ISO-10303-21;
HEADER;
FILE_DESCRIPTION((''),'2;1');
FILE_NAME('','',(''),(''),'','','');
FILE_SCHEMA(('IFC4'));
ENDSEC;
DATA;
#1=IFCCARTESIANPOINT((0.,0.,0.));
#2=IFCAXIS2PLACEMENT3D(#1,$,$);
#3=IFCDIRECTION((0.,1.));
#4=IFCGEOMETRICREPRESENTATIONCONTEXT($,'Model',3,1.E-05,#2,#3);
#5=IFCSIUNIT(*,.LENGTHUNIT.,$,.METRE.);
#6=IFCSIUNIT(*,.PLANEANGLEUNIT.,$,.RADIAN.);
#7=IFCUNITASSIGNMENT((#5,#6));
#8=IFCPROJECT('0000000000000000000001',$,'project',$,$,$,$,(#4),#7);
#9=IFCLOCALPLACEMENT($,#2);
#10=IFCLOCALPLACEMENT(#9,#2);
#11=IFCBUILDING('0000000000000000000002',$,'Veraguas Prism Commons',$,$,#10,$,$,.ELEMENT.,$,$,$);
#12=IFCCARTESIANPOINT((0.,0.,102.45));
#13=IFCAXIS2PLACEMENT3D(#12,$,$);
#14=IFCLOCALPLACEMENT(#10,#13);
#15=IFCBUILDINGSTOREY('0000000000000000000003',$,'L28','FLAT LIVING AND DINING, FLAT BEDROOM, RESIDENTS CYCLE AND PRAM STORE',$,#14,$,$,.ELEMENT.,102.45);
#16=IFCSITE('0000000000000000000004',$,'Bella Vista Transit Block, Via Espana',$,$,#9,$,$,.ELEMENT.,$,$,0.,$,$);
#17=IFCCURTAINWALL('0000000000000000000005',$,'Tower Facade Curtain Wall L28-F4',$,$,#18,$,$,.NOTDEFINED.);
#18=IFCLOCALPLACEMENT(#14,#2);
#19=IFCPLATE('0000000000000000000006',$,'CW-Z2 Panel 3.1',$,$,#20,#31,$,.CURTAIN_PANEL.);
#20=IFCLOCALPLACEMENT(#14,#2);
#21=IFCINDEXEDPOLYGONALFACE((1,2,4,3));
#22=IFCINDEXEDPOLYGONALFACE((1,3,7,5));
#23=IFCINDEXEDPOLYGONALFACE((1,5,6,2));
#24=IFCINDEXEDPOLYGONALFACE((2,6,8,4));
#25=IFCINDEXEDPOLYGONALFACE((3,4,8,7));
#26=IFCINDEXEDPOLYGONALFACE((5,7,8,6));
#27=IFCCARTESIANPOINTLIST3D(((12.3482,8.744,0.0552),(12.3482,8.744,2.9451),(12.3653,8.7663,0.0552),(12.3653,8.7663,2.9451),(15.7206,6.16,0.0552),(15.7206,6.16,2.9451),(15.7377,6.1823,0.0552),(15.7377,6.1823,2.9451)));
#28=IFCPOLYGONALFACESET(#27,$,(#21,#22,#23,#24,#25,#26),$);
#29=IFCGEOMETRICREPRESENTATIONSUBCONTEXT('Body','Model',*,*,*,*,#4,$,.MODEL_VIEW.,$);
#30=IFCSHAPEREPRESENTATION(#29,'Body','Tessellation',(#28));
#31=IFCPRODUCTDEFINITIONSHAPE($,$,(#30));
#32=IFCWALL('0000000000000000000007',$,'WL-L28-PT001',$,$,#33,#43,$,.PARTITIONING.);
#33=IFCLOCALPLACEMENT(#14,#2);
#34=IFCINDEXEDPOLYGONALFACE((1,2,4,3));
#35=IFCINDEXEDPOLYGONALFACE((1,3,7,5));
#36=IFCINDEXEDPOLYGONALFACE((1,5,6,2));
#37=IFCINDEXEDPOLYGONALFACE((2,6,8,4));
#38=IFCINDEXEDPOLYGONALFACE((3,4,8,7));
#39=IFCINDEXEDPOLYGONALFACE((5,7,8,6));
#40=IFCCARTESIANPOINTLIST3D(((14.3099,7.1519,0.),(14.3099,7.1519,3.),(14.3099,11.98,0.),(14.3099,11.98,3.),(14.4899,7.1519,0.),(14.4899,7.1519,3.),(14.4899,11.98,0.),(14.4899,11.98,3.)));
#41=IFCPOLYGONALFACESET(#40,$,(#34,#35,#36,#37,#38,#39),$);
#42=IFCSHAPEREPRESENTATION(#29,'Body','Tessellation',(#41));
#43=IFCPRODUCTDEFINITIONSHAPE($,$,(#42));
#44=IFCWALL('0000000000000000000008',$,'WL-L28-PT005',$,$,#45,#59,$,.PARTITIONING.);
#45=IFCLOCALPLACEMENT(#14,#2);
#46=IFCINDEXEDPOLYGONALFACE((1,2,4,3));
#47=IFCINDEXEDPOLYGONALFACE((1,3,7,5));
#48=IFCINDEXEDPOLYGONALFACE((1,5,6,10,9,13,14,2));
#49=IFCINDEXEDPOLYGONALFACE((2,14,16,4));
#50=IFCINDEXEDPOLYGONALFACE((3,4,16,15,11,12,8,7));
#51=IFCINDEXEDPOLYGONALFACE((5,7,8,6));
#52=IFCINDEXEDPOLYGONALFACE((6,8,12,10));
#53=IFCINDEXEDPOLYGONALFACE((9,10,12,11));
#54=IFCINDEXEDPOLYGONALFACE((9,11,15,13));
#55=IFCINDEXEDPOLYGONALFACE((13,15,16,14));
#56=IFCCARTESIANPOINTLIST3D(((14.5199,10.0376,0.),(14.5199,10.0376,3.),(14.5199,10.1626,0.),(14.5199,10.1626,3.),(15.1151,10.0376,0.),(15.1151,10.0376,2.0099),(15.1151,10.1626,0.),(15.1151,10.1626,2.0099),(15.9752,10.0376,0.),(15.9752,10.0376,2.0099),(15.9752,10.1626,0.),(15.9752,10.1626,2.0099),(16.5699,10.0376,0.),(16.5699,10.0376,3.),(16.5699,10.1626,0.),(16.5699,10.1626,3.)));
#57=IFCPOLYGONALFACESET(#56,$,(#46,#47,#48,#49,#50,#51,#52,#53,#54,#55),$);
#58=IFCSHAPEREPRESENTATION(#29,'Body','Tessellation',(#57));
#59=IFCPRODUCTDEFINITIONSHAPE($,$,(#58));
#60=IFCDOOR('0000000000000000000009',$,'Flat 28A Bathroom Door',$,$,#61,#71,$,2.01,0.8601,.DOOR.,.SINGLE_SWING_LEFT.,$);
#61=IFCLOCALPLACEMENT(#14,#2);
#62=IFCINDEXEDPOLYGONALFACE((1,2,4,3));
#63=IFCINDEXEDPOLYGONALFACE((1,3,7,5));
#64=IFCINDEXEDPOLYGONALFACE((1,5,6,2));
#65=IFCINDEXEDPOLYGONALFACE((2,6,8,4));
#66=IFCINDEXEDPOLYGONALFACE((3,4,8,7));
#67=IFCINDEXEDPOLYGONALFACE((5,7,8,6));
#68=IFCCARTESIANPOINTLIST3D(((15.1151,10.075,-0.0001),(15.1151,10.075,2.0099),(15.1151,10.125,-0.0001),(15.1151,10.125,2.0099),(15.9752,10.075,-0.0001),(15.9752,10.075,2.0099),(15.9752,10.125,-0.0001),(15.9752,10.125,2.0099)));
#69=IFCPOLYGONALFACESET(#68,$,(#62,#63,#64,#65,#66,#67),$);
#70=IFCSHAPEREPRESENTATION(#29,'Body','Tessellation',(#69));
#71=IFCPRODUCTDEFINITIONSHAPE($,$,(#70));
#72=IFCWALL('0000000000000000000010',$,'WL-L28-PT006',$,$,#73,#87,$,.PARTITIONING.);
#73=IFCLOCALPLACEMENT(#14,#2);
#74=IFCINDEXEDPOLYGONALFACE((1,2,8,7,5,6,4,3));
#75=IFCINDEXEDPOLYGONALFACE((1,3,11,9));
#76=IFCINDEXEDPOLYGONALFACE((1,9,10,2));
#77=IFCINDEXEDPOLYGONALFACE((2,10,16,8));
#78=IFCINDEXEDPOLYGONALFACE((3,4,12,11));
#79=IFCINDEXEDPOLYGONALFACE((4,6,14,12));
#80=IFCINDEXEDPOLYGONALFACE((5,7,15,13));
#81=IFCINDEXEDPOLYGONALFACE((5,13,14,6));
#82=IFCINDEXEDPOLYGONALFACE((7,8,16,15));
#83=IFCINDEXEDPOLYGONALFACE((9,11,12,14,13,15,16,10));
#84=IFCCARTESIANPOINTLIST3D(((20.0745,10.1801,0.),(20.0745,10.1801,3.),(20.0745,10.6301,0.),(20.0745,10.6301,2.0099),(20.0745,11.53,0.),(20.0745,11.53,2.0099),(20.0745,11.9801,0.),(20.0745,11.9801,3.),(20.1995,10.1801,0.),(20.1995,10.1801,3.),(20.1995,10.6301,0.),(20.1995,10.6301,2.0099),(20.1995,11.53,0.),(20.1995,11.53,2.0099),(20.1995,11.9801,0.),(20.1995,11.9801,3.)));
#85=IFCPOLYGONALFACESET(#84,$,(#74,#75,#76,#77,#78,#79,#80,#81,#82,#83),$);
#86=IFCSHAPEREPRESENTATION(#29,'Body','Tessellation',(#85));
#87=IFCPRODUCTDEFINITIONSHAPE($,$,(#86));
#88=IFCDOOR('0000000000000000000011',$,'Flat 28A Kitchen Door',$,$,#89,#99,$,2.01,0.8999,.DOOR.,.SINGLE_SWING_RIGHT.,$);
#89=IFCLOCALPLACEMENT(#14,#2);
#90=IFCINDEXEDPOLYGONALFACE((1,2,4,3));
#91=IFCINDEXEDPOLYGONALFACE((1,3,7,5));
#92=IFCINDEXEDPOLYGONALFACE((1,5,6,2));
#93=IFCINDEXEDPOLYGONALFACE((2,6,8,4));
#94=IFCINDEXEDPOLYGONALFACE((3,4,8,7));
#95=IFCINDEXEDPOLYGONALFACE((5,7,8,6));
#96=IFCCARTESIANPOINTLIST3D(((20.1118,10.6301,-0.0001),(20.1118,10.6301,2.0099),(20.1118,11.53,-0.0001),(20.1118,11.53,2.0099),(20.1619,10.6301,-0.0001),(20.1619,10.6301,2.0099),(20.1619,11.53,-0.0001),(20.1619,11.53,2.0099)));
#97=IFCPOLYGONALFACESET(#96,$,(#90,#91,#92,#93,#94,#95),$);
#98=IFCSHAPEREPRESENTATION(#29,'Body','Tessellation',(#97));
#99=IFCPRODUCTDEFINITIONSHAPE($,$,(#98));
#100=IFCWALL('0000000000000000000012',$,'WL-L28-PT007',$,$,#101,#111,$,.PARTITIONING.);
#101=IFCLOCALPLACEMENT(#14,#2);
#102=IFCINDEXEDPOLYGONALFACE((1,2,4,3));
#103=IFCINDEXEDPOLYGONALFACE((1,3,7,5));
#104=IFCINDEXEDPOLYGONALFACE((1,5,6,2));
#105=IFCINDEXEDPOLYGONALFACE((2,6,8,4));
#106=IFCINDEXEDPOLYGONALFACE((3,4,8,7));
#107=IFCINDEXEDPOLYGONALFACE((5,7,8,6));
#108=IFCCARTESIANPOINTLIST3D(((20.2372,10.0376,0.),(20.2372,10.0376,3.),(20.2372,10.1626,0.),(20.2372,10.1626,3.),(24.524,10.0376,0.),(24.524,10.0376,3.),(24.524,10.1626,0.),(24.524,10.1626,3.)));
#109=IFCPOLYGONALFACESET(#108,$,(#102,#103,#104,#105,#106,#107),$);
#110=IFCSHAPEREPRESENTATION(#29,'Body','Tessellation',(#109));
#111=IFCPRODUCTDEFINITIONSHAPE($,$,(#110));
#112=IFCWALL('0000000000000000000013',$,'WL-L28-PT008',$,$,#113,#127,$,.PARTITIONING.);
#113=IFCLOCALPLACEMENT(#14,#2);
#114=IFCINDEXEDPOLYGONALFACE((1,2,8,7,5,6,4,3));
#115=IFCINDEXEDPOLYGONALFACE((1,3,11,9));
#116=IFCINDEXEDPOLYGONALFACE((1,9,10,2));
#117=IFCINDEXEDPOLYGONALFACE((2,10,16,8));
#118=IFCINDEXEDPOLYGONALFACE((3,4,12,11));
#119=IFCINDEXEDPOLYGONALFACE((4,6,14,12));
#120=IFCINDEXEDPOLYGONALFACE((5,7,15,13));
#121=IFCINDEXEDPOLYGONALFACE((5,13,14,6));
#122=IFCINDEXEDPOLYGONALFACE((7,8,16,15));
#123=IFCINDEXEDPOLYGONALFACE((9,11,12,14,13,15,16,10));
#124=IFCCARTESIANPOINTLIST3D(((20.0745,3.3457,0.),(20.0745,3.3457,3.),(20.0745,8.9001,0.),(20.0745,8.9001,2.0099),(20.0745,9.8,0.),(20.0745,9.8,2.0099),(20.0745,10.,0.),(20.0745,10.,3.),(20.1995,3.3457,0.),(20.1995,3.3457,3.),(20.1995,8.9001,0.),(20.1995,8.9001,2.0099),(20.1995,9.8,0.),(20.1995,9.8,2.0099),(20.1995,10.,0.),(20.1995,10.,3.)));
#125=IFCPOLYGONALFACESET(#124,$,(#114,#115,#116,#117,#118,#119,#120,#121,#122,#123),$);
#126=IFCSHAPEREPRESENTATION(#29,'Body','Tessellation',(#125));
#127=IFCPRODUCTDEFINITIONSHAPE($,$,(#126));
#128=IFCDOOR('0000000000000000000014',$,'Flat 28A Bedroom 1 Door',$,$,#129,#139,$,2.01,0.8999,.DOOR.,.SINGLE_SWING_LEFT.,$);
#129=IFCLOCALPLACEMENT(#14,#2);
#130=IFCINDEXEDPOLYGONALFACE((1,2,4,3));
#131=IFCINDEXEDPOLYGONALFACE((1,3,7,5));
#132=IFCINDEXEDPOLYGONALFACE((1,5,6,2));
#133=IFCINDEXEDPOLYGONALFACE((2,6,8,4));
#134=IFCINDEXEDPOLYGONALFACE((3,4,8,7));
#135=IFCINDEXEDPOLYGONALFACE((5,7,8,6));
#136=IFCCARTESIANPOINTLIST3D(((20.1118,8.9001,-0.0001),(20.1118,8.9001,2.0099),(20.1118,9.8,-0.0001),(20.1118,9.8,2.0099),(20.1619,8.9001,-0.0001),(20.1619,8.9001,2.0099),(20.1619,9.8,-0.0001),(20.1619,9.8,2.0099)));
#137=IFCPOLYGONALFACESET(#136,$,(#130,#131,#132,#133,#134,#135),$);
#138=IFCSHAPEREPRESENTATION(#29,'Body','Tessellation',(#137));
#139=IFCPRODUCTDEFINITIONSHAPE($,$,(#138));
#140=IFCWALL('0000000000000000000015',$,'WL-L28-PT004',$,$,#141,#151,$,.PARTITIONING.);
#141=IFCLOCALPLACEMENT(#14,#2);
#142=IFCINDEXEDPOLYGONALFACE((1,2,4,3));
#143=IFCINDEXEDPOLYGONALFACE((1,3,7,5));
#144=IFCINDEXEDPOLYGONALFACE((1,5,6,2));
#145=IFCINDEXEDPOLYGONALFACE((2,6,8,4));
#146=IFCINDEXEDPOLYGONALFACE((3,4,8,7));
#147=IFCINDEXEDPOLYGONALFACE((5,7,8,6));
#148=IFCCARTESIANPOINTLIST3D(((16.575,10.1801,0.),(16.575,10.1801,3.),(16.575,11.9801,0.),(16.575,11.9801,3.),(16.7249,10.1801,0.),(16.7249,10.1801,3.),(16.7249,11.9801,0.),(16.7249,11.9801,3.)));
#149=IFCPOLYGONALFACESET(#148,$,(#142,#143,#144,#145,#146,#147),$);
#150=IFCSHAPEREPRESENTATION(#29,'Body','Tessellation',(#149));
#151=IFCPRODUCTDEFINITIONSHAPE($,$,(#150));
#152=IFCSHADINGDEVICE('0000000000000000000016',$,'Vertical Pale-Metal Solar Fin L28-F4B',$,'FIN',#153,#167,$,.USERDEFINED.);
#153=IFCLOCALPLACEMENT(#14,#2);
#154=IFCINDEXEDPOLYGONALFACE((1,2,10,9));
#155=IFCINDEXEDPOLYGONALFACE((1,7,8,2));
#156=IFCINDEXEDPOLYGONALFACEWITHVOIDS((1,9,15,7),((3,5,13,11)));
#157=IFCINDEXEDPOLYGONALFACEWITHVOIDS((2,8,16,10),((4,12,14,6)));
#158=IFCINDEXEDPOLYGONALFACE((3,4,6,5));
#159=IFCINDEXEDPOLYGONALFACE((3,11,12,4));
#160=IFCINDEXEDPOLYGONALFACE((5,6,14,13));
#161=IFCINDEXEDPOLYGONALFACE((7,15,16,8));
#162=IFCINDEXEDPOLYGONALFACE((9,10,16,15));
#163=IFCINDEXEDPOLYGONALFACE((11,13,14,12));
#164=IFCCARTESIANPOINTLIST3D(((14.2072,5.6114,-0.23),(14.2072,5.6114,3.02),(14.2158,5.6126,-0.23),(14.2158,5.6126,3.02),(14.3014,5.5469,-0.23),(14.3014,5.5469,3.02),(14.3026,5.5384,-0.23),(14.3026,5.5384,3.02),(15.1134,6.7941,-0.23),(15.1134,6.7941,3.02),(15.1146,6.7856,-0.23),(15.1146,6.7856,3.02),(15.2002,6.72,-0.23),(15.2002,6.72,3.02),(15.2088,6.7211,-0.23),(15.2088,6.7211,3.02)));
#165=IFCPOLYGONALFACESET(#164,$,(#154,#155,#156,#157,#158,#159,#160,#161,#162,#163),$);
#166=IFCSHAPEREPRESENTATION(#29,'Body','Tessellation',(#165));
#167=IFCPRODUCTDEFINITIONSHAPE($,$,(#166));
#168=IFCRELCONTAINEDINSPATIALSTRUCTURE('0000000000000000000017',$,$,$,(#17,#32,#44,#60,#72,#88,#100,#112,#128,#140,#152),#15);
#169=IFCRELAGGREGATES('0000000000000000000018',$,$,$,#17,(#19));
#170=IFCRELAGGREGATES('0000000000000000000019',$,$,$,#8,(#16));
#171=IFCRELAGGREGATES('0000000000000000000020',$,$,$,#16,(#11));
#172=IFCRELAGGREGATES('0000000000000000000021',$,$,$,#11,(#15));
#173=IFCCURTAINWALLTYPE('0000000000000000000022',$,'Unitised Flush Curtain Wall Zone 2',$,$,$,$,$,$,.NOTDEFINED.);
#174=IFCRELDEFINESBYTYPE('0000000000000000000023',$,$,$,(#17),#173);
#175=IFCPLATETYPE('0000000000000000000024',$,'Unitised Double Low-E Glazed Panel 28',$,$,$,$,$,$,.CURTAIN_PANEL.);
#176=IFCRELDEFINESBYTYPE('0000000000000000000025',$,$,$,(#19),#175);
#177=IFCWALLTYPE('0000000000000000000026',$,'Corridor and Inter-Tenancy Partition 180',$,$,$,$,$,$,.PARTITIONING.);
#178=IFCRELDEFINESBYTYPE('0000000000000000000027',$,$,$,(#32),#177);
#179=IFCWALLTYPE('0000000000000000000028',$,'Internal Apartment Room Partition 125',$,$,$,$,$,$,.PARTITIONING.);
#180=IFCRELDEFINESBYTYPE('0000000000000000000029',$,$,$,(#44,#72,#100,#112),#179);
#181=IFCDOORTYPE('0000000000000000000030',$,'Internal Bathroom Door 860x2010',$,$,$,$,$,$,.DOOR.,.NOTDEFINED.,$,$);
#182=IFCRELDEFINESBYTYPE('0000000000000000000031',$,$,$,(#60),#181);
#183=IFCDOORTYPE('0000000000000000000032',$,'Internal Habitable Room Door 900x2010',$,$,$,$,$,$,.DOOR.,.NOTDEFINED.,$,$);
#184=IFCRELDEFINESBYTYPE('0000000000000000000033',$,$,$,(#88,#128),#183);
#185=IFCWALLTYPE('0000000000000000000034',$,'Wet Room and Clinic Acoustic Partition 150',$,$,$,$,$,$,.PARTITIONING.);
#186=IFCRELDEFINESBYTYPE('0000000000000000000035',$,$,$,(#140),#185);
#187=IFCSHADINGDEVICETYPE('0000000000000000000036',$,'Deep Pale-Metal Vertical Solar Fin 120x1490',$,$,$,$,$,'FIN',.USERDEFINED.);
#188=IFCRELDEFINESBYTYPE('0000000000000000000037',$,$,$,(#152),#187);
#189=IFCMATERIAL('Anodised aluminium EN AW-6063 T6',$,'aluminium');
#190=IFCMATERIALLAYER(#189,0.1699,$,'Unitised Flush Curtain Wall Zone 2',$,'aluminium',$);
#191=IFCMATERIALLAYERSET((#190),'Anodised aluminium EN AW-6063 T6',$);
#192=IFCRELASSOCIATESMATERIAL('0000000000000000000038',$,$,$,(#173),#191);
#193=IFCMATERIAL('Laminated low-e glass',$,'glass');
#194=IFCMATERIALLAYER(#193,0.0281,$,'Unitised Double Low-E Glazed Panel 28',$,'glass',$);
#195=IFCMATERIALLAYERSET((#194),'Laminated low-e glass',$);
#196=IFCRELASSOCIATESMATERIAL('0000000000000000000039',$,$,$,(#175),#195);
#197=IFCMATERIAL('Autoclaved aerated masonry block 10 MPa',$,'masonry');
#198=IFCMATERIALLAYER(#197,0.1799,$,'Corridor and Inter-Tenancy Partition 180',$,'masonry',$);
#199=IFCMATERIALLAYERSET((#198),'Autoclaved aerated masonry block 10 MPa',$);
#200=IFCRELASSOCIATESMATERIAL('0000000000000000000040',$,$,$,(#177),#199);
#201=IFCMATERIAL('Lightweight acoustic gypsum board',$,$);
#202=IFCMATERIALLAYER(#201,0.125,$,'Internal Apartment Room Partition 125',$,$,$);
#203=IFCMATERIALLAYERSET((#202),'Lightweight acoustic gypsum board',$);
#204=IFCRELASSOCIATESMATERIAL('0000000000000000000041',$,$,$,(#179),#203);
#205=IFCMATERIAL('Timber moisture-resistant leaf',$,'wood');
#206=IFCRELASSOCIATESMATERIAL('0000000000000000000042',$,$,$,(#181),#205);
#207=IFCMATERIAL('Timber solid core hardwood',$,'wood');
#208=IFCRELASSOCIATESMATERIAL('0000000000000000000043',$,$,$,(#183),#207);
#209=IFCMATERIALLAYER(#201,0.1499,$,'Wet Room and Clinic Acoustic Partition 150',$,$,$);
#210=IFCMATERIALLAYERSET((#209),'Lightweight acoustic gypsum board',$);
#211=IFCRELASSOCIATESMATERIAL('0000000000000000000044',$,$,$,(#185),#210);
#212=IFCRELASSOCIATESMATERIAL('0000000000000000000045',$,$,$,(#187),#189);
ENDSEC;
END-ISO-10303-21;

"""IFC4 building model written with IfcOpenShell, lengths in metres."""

from ifc_helpers import new_model, si_unit, direction, frame, frame_2d, origin, origin_2d, place, context, subcontext, project, spatial, rectangle, hollow_rectangle, extrude, source, transform, mapped, material, layer, layer_set, material_profile, profile_set, type_object, element, fill, aggregate, save


model = new_model("IFC4")

# Units and contexts
model_context = context("Model", 3, precision=1e-05, world=origin(), true_north=direction((0.0, 1.0)))
body_context = subcontext(model_context, "Body", "Model", "MODEL_VIEW")
ifc_project = project(units=[si_unit("LENGTHUNIT", "METRE"), si_unit("PLANEANGLEUNIT", "RADIAN")], contexts=[model_context])

# Site, building, storey
site_placement = place(None, origin())
site = spatial("IfcSite", under=ifc_project, at=site_placement, Name="Bella Vista Transit Block, Via Espana", CompositionType="ELEMENT", RefElevation=0.0)
building_placement = place(site_placement, origin())
building = spatial("IfcBuilding", under=site, at=building_placement, Name="Veraguas Prism Commons", CompositionType="ELEMENT")
storey_placement = place(building_placement, frame((0.0, 0.0, 102.45)))
storey = spatial("IfcBuildingStorey", under=building, at=storey_placement, Name="L28", Description="FLAT LIVING AND DINING, FLAT BEDROOM, RESIDENTS CYCLE AND PRAM STORE", CompositionType="ELEMENT", Elevation=102.45)

# Curtain wall
ifc_material_1 = material(Name="Anodised aluminium EN AW-6063 T6", Category="aluminium")
ifc_layer_1 = layer(ifc_material_1, 0.1699, Name="Unitised Flush Curtain Wall Zone 2", Category="aluminium")
ifc_layer_set_1 = layer_set([ifc_layer_1], Name="Anodised aluminium EN AW-6063 T6")
curtain_wall_type = type_object("IfcCurtainWallType", Name="Unitised Flush Curtain Wall Zone 2", PredefinedType="NOTDEFINED", material=ifc_layer_set_1)
curtain_wall_1_placement = place(storey_placement, origin())
curtain_wall_1 = element("IfcCurtainWall", 1, at=curtain_wall_1_placement, inside=storey, type_object=curtain_wall_type, Name="Tower Facade Curtain Wall L28-F4", PredefinedType="NOTDEFINED")

# Plate
ifc_material_2 = material(Name="Laminated low-e glass", Category="glass")
ifc_layer_2 = layer(ifc_material_2, 0.0281, Name="Unitised Double Low-E Glazed Panel 28", Category="glass")
ifc_layer_set_2 = layer_set([ifc_layer_2], Name="Laminated low-e glass")
plate_type = type_object("IfcPlateType", Name="Unitised Double Low-E Glazed Panel 28", PredefinedType="CURTAIN_PANEL", material=ifc_layer_set_2)
shared_shape_1 = source(origin(), body_context, "Body", "SweptSolid", [
    extrude(rectangle(XDim=4.2485, YDim=0.0281, at=origin_2d()), origin(), (0.0, 0.0, 1.0), 2.8899),
])
plate_1_placement = place(storey_placement, frame((14.043, 7.4631, 0.0552), z_axis=(0.0, 0.0, 1.0), x_axis=(0.793778, -0.608207, 0.0)))
plate_1 = element("IfcPlate", 2, at=plate_1_placement, type_object=plate_type, Name="CW-Z2 Panel 3.1", PredefinedType="CURTAIN_PANEL", context=body_context, shape_type="MappedRepresentation", body=[
    mapped(shared_shape_1, transform((0.0, 0.0, 0.0), scale=1.0)),
])
aggregate(curtain_wall_1, [plate_1])

# Wall
ifc_material_3 = material(Name="Autoclaved aerated masonry block 10 MPa", Category="masonry")
ifc_layer_3 = layer(ifc_material_3, 0.1799, Name="Corridor and Inter-Tenancy Partition 180", Category="masonry")
ifc_layer_set_3 = layer_set([ifc_layer_3], Name="Autoclaved aerated masonry block 10 MPa")
wall_type_1 = type_object("IfcWallType", Name="Corridor and Inter-Tenancy Partition 180", PredefinedType="PARTITIONING", material=ifc_layer_set_3)
wall_1_placement = place(storey_placement, frame((14.3999, 11.98, 0.0), z_axis=(0.0, 0.0, 1.0), x_axis=(0.0, -1.0, 0.0)))
element("IfcWall", 3, at=wall_1_placement, inside=storey, type_object=wall_type_1, Name="WL-L28-PT001", PredefinedType="PARTITIONING", context=body_context, shape_type="SweptSolid", body=[
    extrude(rectangle(XDim=4.8281, YDim=0.1799, at=frame_2d((2.4141, 0.0))), origin(), (0.0, 0.0, 1.0), 3.0),
])

# Walls, openings, doors
ifc_material_4 = material(Name="Lightweight acoustic gypsum board")
ifc_layer_4 = layer(ifc_material_4, 0.125, Name="Internal Apartment Room Partition 125")
ifc_layer_set_4 = layer_set([ifc_layer_4], Name="Lightweight acoustic gypsum board")
wall_type_2 = type_object("IfcWallType", Name="Internal Apartment Room Partition 125", PredefinedType="PARTITIONING", material=ifc_layer_set_4)
wall_2_placement = place(storey_placement, frame((14.52, 10.1001, 0.0), z_axis=(0.0, 0.0, 1.0), x_axis=(1.0, 0.0, 0.0)))
wall_2 = element("IfcWall", 4, at=wall_2_placement, inside=storey, type_object=wall_type_2, Name="WL-L28-PT005", PredefinedType="PARTITIONING", context=body_context, shape_type="SweptSolid", body=[
    extrude(rectangle(XDim=2.05, YDim=0.125, at=frame_2d((1.0249, 0.0))), origin(), (0.0, 0.0, 1.0), 3.0),
])
opening_1_placement = place(wall_2_placement, frame((0.595, 0.0, 0.0)))
opening_1 = element("IfcOpeningElement", 5, at=opening_1_placement, cuts=wall_2, PredefinedType="OPENING", context=body_context, shape_type="SweptSolid", body=[
    extrude(rectangle(XDim=0.8601, YDim=2.01, at=frame_2d((0.4302, 1.0049))), frame((0.0, 0.0725, 0.0), z_axis=(0.0, -1.0, 0.0), x_axis=(1.0, 0.0, 0.0)), (0.0, 0.0, 1.0), 0.145),
])
ifc_material_5 = material(Name="Timber moisture-resistant leaf", Category="wood")
door_type_1 = type_object("IfcDoorType", Name="Internal Bathroom Door 860x2010", OperationType="NOTDEFINED", PredefinedType="DOOR", material=ifc_material_5)
shared_shape_2 = source(origin(), body_context, "Body", "SweptSolid", [
    extrude(rectangle(XDim=0.8601, YDim=2.01, at=frame_2d((0.4302, 1.0049))), frame((0.0, 0.0249, 0.0), z_axis=(0.0, -1.0, 0.0), x_axis=(1.0, 0.0, 0.0)), (0.0, 0.0, 1.0), 0.05),
])
door_1_placement = place(opening_1_placement, origin())
door_1 = element("IfcDoor", 6, at=door_1_placement, inside=storey, type_object=door_type_1, Name="Flat 28A Bathroom Door", OperationType="SINGLE_SWING_LEFT", OverallHeight=2.01, OverallWidth=0.8601, PredefinedType="DOOR", context=body_context, shape_type="MappedRepresentation", body=[
    mapped(shared_shape_2, transform((0.0, 0.0, 0.0), scale=1.0)),
])
fill(opening_1, door_1)
wall_3_placement = place(storey_placement, frame((20.137, 11.98, 0.0), z_axis=(0.0, 0.0, 1.0), x_axis=(0.0, -1.0, 0.0)))
wall_3 = element("IfcWall", 7, at=wall_3_placement, inside=storey, type_object=wall_type_2, Name="WL-L28-PT006", PredefinedType="PARTITIONING", context=body_context, shape_type="SweptSolid", body=[
    extrude(rectangle(XDim=1.8, YDim=0.125, at=frame_2d((0.8999, 0.0))), origin(), (0.0, 0.0, 1.0), 3.0),
])
opening_2_placement = place(wall_3_placement, frame((0.45, 0.0, 0.0)))
opening_2 = element("IfcOpeningElement", 8, at=opening_2_placement, cuts=wall_3, PredefinedType="OPENING", context=body_context, shape_type="SweptSolid", body=[
    extrude(rectangle(XDim=0.8999, YDim=2.01, at=frame_2d((0.45, 1.0049))), frame((0.0, 0.0725, 0.0), z_axis=(0.0, -1.0, 0.0), x_axis=(1.0, 0.0, 0.0)), (0.0, 0.0, 1.0), 0.145),
])
ifc_material_6 = material(Name="Timber solid core hardwood", Category="wood")
door_type_2 = type_object("IfcDoorType", Name="Internal Habitable Room Door 900x2010", OperationType="NOTDEFINED", PredefinedType="DOOR", material=ifc_material_6)
shared_shape_3 = source(origin(), body_context, "Body", "SweptSolid", [
    extrude(rectangle(XDim=0.8999, YDim=2.01, at=frame_2d((0.45, 1.0049))), frame((0.0, 0.0249, 0.0), z_axis=(0.0, -1.0, 0.0), x_axis=(1.0, 0.0, 0.0)), (0.0, 0.0, 1.0), 0.05),
])
door_2_placement = place(opening_2_placement, origin())
door_2 = element("IfcDoor", 9, at=door_2_placement, inside=storey, type_object=door_type_2, Name="Flat 28A Kitchen Door", OperationType="SINGLE_SWING_RIGHT", OverallHeight=2.01, OverallWidth=0.8999, PredefinedType="DOOR", context=body_context, shape_type="MappedRepresentation", body=[
    mapped(shared_shape_3, transform((0.0, 0.0, 0.0), scale=1.0)),
])
fill(opening_2, door_2)

# Wall
wall_4_placement = place(storey_placement, frame((20.2371, 10.1001, 0.0), z_axis=(0.0, 0.0, 1.0), x_axis=(1.0, 0.0, 0.0)))
element("IfcWall", 10, at=wall_4_placement, inside=storey, type_object=wall_type_2, Name="WL-L28-PT007", PredefinedType="PARTITIONING", context=body_context, shape_type="SweptSolid", body=[
    extrude(rectangle(XDim=4.2869, YDim=0.125, at=frame_2d((2.1436, 0.0))), origin(), (0.0, 0.0, 1.0), 3.0),
])

# Wall, opening, door
wall_5_placement = place(storey_placement, frame((20.137, 10.0, 0.0), z_axis=(0.0, 0.0, 1.0), x_axis=(0.0, -1.0, 0.0)))
wall_5 = element("IfcWall", 11, at=wall_5_placement, inside=storey, type_object=wall_type_2, Name="WL-L28-PT008", PredefinedType="PARTITIONING", context=body_context, shape_type="SweptSolid", body=[
    extrude(rectangle(XDim=6.6543, YDim=0.125, at=frame_2d((3.3271, 0.0))), origin(), (0.0, 0.0, 1.0), 3.0),
])
opening_3_placement = place(wall_5_placement, frame((0.2, 0.0, 0.0)))
opening_3 = element("IfcOpeningElement", 12, at=opening_3_placement, cuts=wall_5, PredefinedType="OPENING", context=body_context, shape_type="SweptSolid", body=[
    extrude(rectangle(XDim=0.8999, YDim=2.01, at=frame_2d((0.45, 1.0049))), frame((0.0, 0.0725, 0.0), z_axis=(0.0, -1.0, 0.0), x_axis=(1.0, 0.0, 0.0)), (0.0, 0.0, 1.0), 0.145),
])
door_3_placement = place(opening_3_placement, origin())
door_3 = element("IfcDoor", 13, at=door_3_placement, inside=storey, type_object=door_type_2, Name="Flat 28A Bedroom 1 Door", OperationType="SINGLE_SWING_LEFT", OverallHeight=2.01, OverallWidth=0.8999, PredefinedType="DOOR", context=body_context, shape_type="MappedRepresentation", body=[
    mapped(shared_shape_3, transform((0.0, 0.0, 0.0), scale=1.0)),
])
fill(opening_3, door_3)

# Wall
ifc_layer_5 = layer(ifc_material_4, 0.1499, Name="Wet Room and Clinic Acoustic Partition 150")
ifc_layer_set_5 = layer_set([ifc_layer_5], Name="Lightweight acoustic gypsum board")
wall_type_3 = type_object("IfcWallType", Name="Wet Room and Clinic Acoustic Partition 150", PredefinedType="PARTITIONING", material=ifc_layer_set_5)
wall_6_placement = place(storey_placement, frame((16.6499, 11.98, 0.0), z_axis=(0.0, 0.0, 1.0), x_axis=(0.0, -1.0, 0.0)))
element("IfcWall", 14, at=wall_6_placement, inside=storey, type_object=wall_type_3, Name="WL-L28-PT004", PredefinedType="PARTITIONING", context=body_context, shape_type="SweptSolid", body=[
    extrude(rectangle(XDim=1.8, YDim=0.1499, at=frame_2d((0.8999, 0.0))), origin(), (0.0, 0.0, 1.0), 3.0),
])

# Shading device
ifc_material_profile_1 = material_profile(ifc_material_1, hollow_rectangle(XDim=0.1201, YDim=1.49, WallThickness=0.0061, at=origin_2d()), Name="FIN120X1490X6")
ifc_profile_set_1 = profile_set([ifc_material_profile_1], Name="Anodised aluminium EN AW-6063 T6")
shading_device_type = type_object("IfcShadingDeviceType", Name="Deep Pale-Metal Vertical Solar Fin 120x1490", ElementType="FIN", PredefinedType="USERDEFINED", material=ifc_profile_set_1)
shading_device_placement = place(storey_placement, frame((14.708, 6.1663, -0.23), z_axis=(0.0, 0.0, 1.0), x_axis=(0.793776, -0.60821, 0.0)))
element("IfcShadingDevice", 15, at=shading_device_placement, inside=storey, type_object=shading_device_type, Name="Vertical Pale-Metal Solar Fin L28-F4B", ObjectType="FIN", PredefinedType="USERDEFINED", context=body_context, shape_type="SweptSolid", body=[
    extrude(hollow_rectangle(XDim=0.1201, YDim=1.49, WallThickness=0.0061, at=origin_2d()), origin(), (0.0, 0.0, 1.0), 3.25),
])

save(model, "model.ifc")
